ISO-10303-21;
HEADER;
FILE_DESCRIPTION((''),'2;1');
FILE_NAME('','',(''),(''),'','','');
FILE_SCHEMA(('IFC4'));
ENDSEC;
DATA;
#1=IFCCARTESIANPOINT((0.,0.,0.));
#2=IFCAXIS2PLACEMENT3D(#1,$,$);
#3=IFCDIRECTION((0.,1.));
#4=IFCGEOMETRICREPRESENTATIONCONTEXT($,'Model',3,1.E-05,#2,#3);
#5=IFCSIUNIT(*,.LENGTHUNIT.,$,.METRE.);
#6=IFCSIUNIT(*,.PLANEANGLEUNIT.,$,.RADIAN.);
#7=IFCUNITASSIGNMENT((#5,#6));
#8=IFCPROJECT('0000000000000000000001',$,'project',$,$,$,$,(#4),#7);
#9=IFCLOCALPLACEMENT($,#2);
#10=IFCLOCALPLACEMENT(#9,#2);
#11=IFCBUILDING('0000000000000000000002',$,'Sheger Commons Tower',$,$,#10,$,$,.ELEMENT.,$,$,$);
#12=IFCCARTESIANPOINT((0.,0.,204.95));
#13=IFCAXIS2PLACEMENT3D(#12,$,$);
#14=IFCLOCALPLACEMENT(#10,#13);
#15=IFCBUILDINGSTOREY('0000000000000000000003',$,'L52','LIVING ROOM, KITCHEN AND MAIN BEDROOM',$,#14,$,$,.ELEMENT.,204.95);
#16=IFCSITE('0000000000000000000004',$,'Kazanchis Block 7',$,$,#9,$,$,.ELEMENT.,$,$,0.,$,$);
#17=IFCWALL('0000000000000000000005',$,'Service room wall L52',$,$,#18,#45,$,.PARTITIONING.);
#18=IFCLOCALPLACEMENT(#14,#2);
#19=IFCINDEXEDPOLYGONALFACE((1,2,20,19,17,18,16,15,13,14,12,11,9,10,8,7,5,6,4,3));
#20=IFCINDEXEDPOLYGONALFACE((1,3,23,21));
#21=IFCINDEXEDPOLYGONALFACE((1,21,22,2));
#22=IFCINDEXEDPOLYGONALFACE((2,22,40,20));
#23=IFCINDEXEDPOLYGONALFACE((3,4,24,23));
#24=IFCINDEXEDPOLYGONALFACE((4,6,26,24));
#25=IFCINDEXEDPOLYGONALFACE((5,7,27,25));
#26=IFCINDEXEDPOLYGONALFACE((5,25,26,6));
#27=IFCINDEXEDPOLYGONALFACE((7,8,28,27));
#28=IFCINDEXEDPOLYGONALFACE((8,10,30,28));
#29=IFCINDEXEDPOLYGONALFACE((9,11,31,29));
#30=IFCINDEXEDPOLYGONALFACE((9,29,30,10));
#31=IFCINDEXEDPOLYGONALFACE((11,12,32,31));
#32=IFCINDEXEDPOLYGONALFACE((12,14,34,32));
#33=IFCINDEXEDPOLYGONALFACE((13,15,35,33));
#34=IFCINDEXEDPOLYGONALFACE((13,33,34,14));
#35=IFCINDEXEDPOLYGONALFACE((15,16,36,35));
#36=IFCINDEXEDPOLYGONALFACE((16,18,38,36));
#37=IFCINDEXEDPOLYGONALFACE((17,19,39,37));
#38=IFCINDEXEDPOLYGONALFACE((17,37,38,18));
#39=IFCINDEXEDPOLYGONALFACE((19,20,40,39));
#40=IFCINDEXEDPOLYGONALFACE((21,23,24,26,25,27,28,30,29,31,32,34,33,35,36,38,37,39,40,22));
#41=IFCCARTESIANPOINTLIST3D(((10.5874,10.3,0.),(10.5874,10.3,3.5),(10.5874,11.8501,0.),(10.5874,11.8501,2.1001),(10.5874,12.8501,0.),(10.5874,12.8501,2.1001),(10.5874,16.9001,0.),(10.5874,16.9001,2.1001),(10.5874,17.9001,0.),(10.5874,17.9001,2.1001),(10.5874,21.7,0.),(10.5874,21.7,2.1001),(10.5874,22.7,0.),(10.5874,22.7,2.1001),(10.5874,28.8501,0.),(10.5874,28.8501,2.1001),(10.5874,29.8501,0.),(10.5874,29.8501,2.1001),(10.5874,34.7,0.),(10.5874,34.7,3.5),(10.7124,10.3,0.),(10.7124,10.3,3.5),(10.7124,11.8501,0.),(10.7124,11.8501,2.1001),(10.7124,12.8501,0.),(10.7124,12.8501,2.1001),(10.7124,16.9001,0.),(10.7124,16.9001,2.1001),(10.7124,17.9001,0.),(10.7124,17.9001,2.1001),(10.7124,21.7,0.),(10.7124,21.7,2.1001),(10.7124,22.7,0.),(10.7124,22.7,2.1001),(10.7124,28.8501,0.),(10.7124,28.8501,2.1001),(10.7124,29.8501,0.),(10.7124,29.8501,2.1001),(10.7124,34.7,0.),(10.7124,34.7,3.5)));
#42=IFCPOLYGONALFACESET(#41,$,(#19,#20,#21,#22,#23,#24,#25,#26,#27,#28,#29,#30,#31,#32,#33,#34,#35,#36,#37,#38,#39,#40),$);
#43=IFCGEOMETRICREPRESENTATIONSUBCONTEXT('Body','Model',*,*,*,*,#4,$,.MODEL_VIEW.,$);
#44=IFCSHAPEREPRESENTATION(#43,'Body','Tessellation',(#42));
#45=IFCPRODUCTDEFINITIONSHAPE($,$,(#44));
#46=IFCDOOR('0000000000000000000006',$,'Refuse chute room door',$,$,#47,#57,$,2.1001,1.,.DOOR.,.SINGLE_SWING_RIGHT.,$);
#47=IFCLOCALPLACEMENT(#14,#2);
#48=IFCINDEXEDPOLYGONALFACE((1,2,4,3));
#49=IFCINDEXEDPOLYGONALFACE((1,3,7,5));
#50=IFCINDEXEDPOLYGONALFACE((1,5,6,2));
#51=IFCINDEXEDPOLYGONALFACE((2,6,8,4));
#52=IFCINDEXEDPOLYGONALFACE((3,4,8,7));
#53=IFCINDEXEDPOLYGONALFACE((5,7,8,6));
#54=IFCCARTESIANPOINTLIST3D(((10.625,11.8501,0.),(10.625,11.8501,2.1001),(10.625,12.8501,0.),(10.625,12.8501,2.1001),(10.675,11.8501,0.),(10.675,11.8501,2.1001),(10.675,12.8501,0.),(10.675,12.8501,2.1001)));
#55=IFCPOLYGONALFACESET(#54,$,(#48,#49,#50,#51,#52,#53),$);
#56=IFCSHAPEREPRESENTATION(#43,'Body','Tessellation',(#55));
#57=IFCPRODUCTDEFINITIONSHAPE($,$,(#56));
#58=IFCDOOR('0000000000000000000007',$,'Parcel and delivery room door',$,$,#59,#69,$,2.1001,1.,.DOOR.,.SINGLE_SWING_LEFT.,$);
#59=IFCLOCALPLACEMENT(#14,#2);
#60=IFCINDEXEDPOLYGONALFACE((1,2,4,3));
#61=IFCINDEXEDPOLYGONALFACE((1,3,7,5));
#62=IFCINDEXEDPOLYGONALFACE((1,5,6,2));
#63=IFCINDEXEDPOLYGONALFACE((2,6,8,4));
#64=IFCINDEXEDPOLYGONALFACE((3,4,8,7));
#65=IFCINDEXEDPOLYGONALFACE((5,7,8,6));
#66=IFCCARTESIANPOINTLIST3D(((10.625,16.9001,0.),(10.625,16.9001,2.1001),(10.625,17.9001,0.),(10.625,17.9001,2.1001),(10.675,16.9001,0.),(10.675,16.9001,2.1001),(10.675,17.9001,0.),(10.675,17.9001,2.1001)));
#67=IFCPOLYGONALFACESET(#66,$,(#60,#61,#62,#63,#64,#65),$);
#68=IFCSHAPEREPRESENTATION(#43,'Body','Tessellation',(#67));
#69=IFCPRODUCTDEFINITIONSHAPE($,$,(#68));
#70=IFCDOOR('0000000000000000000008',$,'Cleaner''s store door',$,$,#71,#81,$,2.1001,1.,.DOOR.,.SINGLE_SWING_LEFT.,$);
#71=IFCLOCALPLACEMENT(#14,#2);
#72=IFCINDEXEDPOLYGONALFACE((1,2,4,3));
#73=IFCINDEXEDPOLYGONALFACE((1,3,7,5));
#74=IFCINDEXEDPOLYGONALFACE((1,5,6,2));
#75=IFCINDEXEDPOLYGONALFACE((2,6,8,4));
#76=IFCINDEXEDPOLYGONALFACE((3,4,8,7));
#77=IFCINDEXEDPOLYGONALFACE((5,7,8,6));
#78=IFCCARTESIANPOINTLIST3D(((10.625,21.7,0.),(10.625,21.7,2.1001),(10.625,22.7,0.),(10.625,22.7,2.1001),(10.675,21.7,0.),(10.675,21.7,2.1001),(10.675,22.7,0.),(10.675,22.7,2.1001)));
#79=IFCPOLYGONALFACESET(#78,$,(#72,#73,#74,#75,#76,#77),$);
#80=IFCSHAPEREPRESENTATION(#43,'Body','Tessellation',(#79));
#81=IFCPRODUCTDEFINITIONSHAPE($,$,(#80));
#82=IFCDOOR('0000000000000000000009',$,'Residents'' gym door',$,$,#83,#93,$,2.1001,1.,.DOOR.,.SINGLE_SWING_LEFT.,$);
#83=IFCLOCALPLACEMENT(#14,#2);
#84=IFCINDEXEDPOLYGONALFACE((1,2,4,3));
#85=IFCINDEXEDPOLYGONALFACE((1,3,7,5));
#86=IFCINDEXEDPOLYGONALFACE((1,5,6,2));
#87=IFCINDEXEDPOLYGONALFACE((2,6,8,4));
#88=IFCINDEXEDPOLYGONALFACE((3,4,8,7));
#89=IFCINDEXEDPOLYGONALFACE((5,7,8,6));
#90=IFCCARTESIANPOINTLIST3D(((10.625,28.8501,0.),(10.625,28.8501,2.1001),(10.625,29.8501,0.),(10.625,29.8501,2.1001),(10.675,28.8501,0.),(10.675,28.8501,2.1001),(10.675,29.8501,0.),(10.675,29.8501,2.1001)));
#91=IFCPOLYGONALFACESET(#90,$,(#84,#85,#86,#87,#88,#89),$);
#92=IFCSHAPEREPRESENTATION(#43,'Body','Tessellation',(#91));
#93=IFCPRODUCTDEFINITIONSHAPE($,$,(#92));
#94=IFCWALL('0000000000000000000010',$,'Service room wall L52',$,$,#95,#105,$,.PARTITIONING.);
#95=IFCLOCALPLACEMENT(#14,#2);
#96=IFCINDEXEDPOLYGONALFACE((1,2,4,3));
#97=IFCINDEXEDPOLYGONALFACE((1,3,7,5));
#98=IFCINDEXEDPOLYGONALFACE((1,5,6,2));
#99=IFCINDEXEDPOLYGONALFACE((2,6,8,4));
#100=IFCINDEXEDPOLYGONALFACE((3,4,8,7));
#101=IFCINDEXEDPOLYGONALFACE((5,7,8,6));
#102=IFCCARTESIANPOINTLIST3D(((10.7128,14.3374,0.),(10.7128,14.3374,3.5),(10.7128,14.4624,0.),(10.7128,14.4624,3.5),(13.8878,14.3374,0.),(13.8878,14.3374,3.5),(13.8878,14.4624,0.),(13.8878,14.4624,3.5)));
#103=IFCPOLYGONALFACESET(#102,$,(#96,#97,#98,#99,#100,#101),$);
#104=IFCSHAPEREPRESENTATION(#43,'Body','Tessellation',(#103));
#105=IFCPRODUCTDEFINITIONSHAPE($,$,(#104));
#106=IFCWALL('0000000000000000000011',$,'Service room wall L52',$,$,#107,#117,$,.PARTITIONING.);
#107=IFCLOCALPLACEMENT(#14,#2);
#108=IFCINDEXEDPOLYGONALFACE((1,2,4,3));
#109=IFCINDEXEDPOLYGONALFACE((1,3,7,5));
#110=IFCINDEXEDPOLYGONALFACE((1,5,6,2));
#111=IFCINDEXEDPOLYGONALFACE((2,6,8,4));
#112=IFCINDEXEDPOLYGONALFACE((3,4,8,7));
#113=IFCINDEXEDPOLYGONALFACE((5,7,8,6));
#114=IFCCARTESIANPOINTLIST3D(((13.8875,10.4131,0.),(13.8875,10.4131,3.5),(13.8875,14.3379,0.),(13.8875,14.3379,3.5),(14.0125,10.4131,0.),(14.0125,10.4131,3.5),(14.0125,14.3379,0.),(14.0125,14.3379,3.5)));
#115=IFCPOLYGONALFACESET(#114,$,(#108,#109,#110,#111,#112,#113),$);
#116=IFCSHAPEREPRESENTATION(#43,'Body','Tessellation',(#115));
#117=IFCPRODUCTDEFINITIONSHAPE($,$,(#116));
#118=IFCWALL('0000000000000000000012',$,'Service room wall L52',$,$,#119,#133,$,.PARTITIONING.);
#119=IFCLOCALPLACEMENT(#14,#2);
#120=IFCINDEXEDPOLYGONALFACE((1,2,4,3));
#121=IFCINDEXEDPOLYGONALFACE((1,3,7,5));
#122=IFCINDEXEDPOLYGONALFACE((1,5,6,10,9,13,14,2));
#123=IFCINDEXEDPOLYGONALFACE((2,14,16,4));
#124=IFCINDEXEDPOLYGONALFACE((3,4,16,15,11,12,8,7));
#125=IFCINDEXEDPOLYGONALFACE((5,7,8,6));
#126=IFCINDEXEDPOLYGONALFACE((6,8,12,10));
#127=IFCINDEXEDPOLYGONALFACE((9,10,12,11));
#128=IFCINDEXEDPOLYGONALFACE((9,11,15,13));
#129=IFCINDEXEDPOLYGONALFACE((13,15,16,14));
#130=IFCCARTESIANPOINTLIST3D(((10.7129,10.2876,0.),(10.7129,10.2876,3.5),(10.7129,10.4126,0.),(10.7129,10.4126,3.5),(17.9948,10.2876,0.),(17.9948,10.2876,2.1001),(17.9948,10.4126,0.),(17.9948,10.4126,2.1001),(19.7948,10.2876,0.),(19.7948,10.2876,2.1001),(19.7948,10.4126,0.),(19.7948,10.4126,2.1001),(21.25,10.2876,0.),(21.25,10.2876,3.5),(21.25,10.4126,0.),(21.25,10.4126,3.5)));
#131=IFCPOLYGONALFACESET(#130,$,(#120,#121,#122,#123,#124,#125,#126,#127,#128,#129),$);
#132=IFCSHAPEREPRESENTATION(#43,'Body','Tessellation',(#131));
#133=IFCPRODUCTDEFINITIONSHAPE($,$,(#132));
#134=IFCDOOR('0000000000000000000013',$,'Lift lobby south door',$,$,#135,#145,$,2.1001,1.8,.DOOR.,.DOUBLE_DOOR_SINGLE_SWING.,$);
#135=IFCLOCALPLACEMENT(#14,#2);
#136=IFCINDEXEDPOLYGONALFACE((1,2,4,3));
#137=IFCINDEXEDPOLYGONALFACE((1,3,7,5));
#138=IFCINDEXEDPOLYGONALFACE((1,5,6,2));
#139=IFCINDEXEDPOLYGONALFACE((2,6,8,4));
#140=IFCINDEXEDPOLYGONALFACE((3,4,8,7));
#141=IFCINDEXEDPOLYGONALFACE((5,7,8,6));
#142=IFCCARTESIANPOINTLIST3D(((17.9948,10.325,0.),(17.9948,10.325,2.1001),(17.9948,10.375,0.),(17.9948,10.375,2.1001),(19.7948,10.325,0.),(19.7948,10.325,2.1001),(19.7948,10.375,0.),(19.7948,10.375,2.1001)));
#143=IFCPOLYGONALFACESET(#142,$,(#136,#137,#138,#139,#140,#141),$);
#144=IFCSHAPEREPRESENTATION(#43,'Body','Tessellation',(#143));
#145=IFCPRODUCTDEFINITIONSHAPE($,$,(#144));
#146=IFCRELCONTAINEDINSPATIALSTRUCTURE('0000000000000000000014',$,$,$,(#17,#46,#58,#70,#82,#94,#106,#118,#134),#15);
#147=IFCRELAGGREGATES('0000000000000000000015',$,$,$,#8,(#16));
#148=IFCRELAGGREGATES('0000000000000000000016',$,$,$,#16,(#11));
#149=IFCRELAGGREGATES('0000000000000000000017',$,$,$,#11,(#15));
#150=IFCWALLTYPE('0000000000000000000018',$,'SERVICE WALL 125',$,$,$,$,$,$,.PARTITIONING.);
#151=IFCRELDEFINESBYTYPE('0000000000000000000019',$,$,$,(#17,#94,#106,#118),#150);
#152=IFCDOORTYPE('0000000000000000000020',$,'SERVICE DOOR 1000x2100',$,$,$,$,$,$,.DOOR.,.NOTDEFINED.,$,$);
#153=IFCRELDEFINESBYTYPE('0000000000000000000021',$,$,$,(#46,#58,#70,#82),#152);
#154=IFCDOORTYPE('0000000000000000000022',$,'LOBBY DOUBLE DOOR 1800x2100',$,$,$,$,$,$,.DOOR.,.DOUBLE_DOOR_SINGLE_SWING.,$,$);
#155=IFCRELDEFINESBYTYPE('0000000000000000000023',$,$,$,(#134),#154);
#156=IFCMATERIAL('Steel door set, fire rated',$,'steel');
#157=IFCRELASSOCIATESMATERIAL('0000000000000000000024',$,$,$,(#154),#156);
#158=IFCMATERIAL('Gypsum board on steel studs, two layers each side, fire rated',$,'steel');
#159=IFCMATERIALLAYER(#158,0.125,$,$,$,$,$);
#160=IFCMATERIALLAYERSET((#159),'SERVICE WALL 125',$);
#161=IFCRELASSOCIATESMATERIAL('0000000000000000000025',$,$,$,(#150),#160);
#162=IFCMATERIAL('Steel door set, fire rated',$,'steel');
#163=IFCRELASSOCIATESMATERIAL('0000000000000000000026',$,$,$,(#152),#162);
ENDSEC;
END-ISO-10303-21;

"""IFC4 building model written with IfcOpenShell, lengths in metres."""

from ifc_helpers import new_model, si_unit, direction, frame, frame_2d, origin, place, context, subcontext, project, spatial, rectangle, extrude, material, layer, layer_set, type_object, element, fill, save


model = new_model("IFC4")

# Units and contexts
model_context = context("Model", 3, precision=1e-05, world=origin(), true_north=direction((0.0, 1.0)))
body_context = subcontext(model_context, "Body", "Model", "MODEL_VIEW")
ifc_project = project(units=[si_unit("LENGTHUNIT", "METRE"), si_unit("PLANEANGLEUNIT", "RADIAN")], contexts=[model_context])

# Site, building, storey
site_placement = place(None, origin())
site = spatial("IfcSite", under=ifc_project, at=site_placement, Name="Kazanchis Block 7", CompositionType="ELEMENT", RefElevation=0.0)
building_placement = place(site_placement, origin())
building = spatial("IfcBuilding", under=site, at=building_placement, Name="Sheger Commons Tower", CompositionType="ELEMENT")
storey_placement = place(building_placement, frame((0.0, 0.0, 204.95)))
storey = spatial("IfcBuildingStorey", under=building, at=storey_placement, Name="L52", Description="LIVING ROOM, KITCHEN AND MAIN BEDROOM", CompositionType="ELEMENT", Elevation=204.95)

# Shared definitions
ifc_material_1 = material(Name="Steel door set, fire rated", Category="steel")
door_type_1 = type_object("IfcDoorType", Name="LOBBY DOUBLE DOOR 1800x2100", OperationType="DOUBLE_DOOR_SINGLE_SWING", PredefinedType="DOOR", material=ifc_material_1)

# Wall, openings, doors
ifc_material_2 = material(Name="Gypsum board on steel studs, two layers each side, fire rated", Category="steel")
ifc_layer_1 = layer(ifc_material_2, 0.125)
ifc_layer_set_1 = layer_set([ifc_layer_1], Name="SERVICE WALL 125")
wall_type_1 = type_object("IfcWallType", Name="SERVICE WALL 125", PredefinedType="PARTITIONING", material=ifc_layer_set_1)
wall_1_placement = place(storey_placement, frame((10.6499, 10.3, 0.0), z_axis=(0.0, 0.0, 1.0), x_axis=(0.0, 1.0, 0.0)))
wall_1 = element("IfcWall", 1, at=wall_1_placement, inside=storey, type_object=wall_type_1, Name="Service room wall L52", PredefinedType="PARTITIONING", context=body_context, shape_type="SweptSolid", body=[
    extrude(rectangle(XDim=24.3999, YDim=0.125, at=frame_2d((12.2, 0.0))), origin(), (0.0, 0.0, 1.0), 3.5),
])
opening_1_placement = place(wall_1_placement, frame((1.55, 0.0, 0.0)))
opening_1 = element("IfcOpeningElement", 2, at=opening_1_placement, cuts=wall_1, PredefinedType="OPENING", context=body_context, shape_type="SweptSolid", body=[
    extrude(rectangle(XDim=1.0, YDim=2.1001, at=frame_2d((0.5, 1.05))), frame((0.0, 0.0725, 0.0), z_axis=(0.0, -1.0, 0.0), x_axis=(1.0, 0.0, 0.0)), (0.0, 0.0, 1.0), 0.145),
])
opening_2_placement = place(wall_1_placement, frame((6.6001, 0.0, 0.0)))
opening_2 = element("IfcOpeningElement", 3, at=opening_2_placement, cuts=wall_1, PredefinedType="OPENING", context=body_context, shape_type="SweptSolid", body=[
    extrude(rectangle(XDim=1.0, YDim=2.1001, at=frame_2d((0.5, 1.05))), frame((0.0, 0.0725, 0.0), z_axis=(0.0, -1.0, 0.0), x_axis=(1.0, 0.0, 0.0)), (0.0, 0.0, 1.0), 0.145),
])
opening_3_placement = place(wall_1_placement, frame((11.3999, 0.0, 0.0)))
opening_3 = element("IfcOpeningElement", 4, at=opening_3_placement, cuts=wall_1, PredefinedType="OPENING", context=body_context, shape_type="SweptSolid", body=[
    extrude(rectangle(XDim=1.0, YDim=2.1001, at=frame_2d((0.5, 1.05))), frame((0.0, 0.0725, 0.0), z_axis=(0.0, -1.0, 0.0), x_axis=(1.0, 0.0, 0.0)), (0.0, 0.0, 1.0), 0.145),
])
opening_4_placement = place(wall_1_placement, frame((18.55, 0.0, 0.0)))
opening_4 = element("IfcOpeningElement", 5, at=opening_4_placement, cuts=wall_1, PredefinedType="OPENING", context=body_context, shape_type="SweptSolid", body=[
    extrude(rectangle(XDim=1.0, YDim=2.1001, at=frame_2d((0.5, 1.05))), frame((0.0, 0.0725, 0.0), z_axis=(0.0, -1.0, 0.0), x_axis=(1.0, 0.0, 0.0)), (0.0, 0.0, 1.0), 0.145),
])
ifc_material_3 = material(Name="Steel door set, fire rated", Category="steel")
door_type_2 = type_object("IfcDoorType", Name="SERVICE DOOR 1000x2100", OperationType="NOTDEFINED", PredefinedType="DOOR", material=ifc_material_3)
door_1_placement = place(opening_1_placement, origin())
door_1 = element("IfcDoor", 6, at=door_1_placement, inside=storey, type_object=door_type_2, Name="Refuse chute room door", OperationType="SINGLE_SWING_RIGHT", OverallHeight=2.1001, OverallWidth=1.0, PredefinedType="DOOR", context=body_context, shape_type="SweptSolid", body=[
    extrude(rectangle(XDim=1.0, YDim=2.1001, at=frame_2d((0.5, 1.05))), frame((0.0, 0.0249, 0.0), z_axis=(0.0, -1.0, 0.0), x_axis=(1.0, 0.0, 0.0)), (0.0, 0.0, 1.0), 0.05),
])
fill(opening_1, door_1)
door_2_placement = place(opening_2_placement, origin())
door_2 = element("IfcDoor", 7, at=door_2_placement, inside=storey, type_object=door_type_2, Name="Parcel and delivery room door", OperationType="SINGLE_SWING_LEFT", OverallHeight=2.1001, OverallWidth=1.0, PredefinedType="DOOR", context=body_context, shape_type="SweptSolid", body=[
    extrude(rectangle(XDim=1.0, YDim=2.1001, at=frame_2d((0.5, 1.05))), frame((0.0, 0.0249, 0.0), z_axis=(0.0, -1.0, 0.0), x_axis=(1.0, 0.0, 0.0)), (0.0, 0.0, 1.0), 0.05),
])
fill(opening_2, door_2)
door_3_placement = place(opening_3_placement, origin())
door_3 = element("IfcDoor", 8, at=door_3_placement, inside=storey, type_object=door_type_2, Name="Cleaner's store door", OperationType="SINGLE_SWING_LEFT", OverallHeight=2.1001, OverallWidth=1.0, PredefinedType="DOOR", context=body_context, shape_type="SweptSolid", body=[
    extrude(rectangle(XDim=1.0, YDim=2.1001, at=frame_2d((0.5, 1.05))), frame((0.0, 0.0249, 0.0), z_axis=(0.0, -1.0, 0.0), x_axis=(1.0, 0.0, 0.0)), (0.0, 0.0, 1.0), 0.05),
])
fill(opening_3, door_3)
door_4_placement = place(opening_4_placement, origin())
door_4 = element("IfcDoor", 9, at=door_4_placement, inside=storey, type_object=door_type_2, Name="Residents' gym door", OperationType="SINGLE_SWING_LEFT", OverallHeight=2.1001, OverallWidth=1.0, PredefinedType="DOOR", context=body_context, shape_type="SweptSolid", body=[
    extrude(rectangle(XDim=1.0, YDim=2.1001, at=frame_2d((0.5, 1.05))), frame((0.0, 0.0249, 0.0), z_axis=(0.0, -1.0, 0.0), x_axis=(1.0, 0.0, 0.0)), (0.0, 0.0, 1.0), 0.05),
])
fill(opening_4, door_4)

# Walls
wall_2_placement = place(storey_placement, frame((10.7129, 14.3999, 0.0), z_axis=(0.0, 0.0, 1.0), x_axis=(1.0, 0.0, 0.0)))
element("IfcWall", 10, at=wall_2_placement, inside=storey, type_object=wall_type_1, Name="Service room wall L52", PredefinedType="PARTITIONING", context=body_context, shape_type="SweptSolid", body=[
    extrude(rectangle(XDim=3.175, YDim=0.125, at=frame_2d((1.5874, 0.0))), origin(), (0.0, 0.0, 1.0), 3.5),
])
wall_3_placement = place(storey_placement, frame((13.95, 10.4131, 0.0), z_axis=(0.0, 0.0, 1.0), x_axis=(0.0, 1.0, 0.0)))
element("IfcWall", 11, at=wall_3_placement, inside=storey, type_object=wall_type_1, Name="Service room wall L52", PredefinedType="PARTITIONING", context=body_context, shape_type="SweptSolid", body=[
    extrude(rectangle(XDim=3.9248, YDim=0.125, at=frame_2d((1.9624, 0.0))), origin(), (0.0, 0.0, 1.0), 3.5),
])

# Wall, opening, door
wall_4_placement = place(storey_placement, frame((10.7129, 10.3501, 0.0), z_axis=(0.0, 0.0, 1.0), x_axis=(1.0, 0.0, 0.0)))
wall_4 = element("IfcWall", 12, at=wall_4_placement, inside=storey, type_object=wall_type_1, Name="Service room wall L52", PredefinedType="PARTITIONING", context=body_context, shape_type="SweptSolid", body=[
    extrude(rectangle(XDim=10.5371, YDim=0.125, at=frame_2d((5.2686, 0.0))), origin(), (0.0, 0.0, 1.0), 3.5),
])
opening_5_placement = place(wall_4_placement, frame((7.282, 0.0, 0.0)))
opening_5 = element("IfcOpeningElement", 13, at=opening_5_placement, cuts=wall_4, PredefinedType="OPENING", context=body_context, shape_type="SweptSolid", body=[
    extrude(rectangle(XDim=1.8, YDim=2.1001, at=frame_2d((0.8999, 1.05))), frame((0.0, 0.0725, 0.0), z_axis=(0.0, -1.0, 0.0), x_axis=(1.0, 0.0, 0.0)), (0.0, 0.0, 1.0), 0.145),
])
door_5_placement = place(opening_5_placement, origin())
door_5 = element("IfcDoor", 14, at=door_5_placement, inside=storey, type_object=door_type_1, Name="Lift lobby south door", OperationType="DOUBLE_DOOR_SINGLE_SWING", OverallHeight=2.1001, OverallWidth=1.8, PredefinedType="DOOR", context=body_context, shape_type="SweptSolid", body=[
    extrude(rectangle(XDim=1.8, YDim=2.1001, at=frame_2d((0.8999, 1.05))), frame((0.0, 0.0249, 0.0), z_axis=(0.0, -1.0, 0.0), x_axis=(1.0, 0.0, 0.0)), (0.0, 0.0, 1.0), 0.05),
])
fill(opening_5, door_5)

save(model, "model.ifc")
